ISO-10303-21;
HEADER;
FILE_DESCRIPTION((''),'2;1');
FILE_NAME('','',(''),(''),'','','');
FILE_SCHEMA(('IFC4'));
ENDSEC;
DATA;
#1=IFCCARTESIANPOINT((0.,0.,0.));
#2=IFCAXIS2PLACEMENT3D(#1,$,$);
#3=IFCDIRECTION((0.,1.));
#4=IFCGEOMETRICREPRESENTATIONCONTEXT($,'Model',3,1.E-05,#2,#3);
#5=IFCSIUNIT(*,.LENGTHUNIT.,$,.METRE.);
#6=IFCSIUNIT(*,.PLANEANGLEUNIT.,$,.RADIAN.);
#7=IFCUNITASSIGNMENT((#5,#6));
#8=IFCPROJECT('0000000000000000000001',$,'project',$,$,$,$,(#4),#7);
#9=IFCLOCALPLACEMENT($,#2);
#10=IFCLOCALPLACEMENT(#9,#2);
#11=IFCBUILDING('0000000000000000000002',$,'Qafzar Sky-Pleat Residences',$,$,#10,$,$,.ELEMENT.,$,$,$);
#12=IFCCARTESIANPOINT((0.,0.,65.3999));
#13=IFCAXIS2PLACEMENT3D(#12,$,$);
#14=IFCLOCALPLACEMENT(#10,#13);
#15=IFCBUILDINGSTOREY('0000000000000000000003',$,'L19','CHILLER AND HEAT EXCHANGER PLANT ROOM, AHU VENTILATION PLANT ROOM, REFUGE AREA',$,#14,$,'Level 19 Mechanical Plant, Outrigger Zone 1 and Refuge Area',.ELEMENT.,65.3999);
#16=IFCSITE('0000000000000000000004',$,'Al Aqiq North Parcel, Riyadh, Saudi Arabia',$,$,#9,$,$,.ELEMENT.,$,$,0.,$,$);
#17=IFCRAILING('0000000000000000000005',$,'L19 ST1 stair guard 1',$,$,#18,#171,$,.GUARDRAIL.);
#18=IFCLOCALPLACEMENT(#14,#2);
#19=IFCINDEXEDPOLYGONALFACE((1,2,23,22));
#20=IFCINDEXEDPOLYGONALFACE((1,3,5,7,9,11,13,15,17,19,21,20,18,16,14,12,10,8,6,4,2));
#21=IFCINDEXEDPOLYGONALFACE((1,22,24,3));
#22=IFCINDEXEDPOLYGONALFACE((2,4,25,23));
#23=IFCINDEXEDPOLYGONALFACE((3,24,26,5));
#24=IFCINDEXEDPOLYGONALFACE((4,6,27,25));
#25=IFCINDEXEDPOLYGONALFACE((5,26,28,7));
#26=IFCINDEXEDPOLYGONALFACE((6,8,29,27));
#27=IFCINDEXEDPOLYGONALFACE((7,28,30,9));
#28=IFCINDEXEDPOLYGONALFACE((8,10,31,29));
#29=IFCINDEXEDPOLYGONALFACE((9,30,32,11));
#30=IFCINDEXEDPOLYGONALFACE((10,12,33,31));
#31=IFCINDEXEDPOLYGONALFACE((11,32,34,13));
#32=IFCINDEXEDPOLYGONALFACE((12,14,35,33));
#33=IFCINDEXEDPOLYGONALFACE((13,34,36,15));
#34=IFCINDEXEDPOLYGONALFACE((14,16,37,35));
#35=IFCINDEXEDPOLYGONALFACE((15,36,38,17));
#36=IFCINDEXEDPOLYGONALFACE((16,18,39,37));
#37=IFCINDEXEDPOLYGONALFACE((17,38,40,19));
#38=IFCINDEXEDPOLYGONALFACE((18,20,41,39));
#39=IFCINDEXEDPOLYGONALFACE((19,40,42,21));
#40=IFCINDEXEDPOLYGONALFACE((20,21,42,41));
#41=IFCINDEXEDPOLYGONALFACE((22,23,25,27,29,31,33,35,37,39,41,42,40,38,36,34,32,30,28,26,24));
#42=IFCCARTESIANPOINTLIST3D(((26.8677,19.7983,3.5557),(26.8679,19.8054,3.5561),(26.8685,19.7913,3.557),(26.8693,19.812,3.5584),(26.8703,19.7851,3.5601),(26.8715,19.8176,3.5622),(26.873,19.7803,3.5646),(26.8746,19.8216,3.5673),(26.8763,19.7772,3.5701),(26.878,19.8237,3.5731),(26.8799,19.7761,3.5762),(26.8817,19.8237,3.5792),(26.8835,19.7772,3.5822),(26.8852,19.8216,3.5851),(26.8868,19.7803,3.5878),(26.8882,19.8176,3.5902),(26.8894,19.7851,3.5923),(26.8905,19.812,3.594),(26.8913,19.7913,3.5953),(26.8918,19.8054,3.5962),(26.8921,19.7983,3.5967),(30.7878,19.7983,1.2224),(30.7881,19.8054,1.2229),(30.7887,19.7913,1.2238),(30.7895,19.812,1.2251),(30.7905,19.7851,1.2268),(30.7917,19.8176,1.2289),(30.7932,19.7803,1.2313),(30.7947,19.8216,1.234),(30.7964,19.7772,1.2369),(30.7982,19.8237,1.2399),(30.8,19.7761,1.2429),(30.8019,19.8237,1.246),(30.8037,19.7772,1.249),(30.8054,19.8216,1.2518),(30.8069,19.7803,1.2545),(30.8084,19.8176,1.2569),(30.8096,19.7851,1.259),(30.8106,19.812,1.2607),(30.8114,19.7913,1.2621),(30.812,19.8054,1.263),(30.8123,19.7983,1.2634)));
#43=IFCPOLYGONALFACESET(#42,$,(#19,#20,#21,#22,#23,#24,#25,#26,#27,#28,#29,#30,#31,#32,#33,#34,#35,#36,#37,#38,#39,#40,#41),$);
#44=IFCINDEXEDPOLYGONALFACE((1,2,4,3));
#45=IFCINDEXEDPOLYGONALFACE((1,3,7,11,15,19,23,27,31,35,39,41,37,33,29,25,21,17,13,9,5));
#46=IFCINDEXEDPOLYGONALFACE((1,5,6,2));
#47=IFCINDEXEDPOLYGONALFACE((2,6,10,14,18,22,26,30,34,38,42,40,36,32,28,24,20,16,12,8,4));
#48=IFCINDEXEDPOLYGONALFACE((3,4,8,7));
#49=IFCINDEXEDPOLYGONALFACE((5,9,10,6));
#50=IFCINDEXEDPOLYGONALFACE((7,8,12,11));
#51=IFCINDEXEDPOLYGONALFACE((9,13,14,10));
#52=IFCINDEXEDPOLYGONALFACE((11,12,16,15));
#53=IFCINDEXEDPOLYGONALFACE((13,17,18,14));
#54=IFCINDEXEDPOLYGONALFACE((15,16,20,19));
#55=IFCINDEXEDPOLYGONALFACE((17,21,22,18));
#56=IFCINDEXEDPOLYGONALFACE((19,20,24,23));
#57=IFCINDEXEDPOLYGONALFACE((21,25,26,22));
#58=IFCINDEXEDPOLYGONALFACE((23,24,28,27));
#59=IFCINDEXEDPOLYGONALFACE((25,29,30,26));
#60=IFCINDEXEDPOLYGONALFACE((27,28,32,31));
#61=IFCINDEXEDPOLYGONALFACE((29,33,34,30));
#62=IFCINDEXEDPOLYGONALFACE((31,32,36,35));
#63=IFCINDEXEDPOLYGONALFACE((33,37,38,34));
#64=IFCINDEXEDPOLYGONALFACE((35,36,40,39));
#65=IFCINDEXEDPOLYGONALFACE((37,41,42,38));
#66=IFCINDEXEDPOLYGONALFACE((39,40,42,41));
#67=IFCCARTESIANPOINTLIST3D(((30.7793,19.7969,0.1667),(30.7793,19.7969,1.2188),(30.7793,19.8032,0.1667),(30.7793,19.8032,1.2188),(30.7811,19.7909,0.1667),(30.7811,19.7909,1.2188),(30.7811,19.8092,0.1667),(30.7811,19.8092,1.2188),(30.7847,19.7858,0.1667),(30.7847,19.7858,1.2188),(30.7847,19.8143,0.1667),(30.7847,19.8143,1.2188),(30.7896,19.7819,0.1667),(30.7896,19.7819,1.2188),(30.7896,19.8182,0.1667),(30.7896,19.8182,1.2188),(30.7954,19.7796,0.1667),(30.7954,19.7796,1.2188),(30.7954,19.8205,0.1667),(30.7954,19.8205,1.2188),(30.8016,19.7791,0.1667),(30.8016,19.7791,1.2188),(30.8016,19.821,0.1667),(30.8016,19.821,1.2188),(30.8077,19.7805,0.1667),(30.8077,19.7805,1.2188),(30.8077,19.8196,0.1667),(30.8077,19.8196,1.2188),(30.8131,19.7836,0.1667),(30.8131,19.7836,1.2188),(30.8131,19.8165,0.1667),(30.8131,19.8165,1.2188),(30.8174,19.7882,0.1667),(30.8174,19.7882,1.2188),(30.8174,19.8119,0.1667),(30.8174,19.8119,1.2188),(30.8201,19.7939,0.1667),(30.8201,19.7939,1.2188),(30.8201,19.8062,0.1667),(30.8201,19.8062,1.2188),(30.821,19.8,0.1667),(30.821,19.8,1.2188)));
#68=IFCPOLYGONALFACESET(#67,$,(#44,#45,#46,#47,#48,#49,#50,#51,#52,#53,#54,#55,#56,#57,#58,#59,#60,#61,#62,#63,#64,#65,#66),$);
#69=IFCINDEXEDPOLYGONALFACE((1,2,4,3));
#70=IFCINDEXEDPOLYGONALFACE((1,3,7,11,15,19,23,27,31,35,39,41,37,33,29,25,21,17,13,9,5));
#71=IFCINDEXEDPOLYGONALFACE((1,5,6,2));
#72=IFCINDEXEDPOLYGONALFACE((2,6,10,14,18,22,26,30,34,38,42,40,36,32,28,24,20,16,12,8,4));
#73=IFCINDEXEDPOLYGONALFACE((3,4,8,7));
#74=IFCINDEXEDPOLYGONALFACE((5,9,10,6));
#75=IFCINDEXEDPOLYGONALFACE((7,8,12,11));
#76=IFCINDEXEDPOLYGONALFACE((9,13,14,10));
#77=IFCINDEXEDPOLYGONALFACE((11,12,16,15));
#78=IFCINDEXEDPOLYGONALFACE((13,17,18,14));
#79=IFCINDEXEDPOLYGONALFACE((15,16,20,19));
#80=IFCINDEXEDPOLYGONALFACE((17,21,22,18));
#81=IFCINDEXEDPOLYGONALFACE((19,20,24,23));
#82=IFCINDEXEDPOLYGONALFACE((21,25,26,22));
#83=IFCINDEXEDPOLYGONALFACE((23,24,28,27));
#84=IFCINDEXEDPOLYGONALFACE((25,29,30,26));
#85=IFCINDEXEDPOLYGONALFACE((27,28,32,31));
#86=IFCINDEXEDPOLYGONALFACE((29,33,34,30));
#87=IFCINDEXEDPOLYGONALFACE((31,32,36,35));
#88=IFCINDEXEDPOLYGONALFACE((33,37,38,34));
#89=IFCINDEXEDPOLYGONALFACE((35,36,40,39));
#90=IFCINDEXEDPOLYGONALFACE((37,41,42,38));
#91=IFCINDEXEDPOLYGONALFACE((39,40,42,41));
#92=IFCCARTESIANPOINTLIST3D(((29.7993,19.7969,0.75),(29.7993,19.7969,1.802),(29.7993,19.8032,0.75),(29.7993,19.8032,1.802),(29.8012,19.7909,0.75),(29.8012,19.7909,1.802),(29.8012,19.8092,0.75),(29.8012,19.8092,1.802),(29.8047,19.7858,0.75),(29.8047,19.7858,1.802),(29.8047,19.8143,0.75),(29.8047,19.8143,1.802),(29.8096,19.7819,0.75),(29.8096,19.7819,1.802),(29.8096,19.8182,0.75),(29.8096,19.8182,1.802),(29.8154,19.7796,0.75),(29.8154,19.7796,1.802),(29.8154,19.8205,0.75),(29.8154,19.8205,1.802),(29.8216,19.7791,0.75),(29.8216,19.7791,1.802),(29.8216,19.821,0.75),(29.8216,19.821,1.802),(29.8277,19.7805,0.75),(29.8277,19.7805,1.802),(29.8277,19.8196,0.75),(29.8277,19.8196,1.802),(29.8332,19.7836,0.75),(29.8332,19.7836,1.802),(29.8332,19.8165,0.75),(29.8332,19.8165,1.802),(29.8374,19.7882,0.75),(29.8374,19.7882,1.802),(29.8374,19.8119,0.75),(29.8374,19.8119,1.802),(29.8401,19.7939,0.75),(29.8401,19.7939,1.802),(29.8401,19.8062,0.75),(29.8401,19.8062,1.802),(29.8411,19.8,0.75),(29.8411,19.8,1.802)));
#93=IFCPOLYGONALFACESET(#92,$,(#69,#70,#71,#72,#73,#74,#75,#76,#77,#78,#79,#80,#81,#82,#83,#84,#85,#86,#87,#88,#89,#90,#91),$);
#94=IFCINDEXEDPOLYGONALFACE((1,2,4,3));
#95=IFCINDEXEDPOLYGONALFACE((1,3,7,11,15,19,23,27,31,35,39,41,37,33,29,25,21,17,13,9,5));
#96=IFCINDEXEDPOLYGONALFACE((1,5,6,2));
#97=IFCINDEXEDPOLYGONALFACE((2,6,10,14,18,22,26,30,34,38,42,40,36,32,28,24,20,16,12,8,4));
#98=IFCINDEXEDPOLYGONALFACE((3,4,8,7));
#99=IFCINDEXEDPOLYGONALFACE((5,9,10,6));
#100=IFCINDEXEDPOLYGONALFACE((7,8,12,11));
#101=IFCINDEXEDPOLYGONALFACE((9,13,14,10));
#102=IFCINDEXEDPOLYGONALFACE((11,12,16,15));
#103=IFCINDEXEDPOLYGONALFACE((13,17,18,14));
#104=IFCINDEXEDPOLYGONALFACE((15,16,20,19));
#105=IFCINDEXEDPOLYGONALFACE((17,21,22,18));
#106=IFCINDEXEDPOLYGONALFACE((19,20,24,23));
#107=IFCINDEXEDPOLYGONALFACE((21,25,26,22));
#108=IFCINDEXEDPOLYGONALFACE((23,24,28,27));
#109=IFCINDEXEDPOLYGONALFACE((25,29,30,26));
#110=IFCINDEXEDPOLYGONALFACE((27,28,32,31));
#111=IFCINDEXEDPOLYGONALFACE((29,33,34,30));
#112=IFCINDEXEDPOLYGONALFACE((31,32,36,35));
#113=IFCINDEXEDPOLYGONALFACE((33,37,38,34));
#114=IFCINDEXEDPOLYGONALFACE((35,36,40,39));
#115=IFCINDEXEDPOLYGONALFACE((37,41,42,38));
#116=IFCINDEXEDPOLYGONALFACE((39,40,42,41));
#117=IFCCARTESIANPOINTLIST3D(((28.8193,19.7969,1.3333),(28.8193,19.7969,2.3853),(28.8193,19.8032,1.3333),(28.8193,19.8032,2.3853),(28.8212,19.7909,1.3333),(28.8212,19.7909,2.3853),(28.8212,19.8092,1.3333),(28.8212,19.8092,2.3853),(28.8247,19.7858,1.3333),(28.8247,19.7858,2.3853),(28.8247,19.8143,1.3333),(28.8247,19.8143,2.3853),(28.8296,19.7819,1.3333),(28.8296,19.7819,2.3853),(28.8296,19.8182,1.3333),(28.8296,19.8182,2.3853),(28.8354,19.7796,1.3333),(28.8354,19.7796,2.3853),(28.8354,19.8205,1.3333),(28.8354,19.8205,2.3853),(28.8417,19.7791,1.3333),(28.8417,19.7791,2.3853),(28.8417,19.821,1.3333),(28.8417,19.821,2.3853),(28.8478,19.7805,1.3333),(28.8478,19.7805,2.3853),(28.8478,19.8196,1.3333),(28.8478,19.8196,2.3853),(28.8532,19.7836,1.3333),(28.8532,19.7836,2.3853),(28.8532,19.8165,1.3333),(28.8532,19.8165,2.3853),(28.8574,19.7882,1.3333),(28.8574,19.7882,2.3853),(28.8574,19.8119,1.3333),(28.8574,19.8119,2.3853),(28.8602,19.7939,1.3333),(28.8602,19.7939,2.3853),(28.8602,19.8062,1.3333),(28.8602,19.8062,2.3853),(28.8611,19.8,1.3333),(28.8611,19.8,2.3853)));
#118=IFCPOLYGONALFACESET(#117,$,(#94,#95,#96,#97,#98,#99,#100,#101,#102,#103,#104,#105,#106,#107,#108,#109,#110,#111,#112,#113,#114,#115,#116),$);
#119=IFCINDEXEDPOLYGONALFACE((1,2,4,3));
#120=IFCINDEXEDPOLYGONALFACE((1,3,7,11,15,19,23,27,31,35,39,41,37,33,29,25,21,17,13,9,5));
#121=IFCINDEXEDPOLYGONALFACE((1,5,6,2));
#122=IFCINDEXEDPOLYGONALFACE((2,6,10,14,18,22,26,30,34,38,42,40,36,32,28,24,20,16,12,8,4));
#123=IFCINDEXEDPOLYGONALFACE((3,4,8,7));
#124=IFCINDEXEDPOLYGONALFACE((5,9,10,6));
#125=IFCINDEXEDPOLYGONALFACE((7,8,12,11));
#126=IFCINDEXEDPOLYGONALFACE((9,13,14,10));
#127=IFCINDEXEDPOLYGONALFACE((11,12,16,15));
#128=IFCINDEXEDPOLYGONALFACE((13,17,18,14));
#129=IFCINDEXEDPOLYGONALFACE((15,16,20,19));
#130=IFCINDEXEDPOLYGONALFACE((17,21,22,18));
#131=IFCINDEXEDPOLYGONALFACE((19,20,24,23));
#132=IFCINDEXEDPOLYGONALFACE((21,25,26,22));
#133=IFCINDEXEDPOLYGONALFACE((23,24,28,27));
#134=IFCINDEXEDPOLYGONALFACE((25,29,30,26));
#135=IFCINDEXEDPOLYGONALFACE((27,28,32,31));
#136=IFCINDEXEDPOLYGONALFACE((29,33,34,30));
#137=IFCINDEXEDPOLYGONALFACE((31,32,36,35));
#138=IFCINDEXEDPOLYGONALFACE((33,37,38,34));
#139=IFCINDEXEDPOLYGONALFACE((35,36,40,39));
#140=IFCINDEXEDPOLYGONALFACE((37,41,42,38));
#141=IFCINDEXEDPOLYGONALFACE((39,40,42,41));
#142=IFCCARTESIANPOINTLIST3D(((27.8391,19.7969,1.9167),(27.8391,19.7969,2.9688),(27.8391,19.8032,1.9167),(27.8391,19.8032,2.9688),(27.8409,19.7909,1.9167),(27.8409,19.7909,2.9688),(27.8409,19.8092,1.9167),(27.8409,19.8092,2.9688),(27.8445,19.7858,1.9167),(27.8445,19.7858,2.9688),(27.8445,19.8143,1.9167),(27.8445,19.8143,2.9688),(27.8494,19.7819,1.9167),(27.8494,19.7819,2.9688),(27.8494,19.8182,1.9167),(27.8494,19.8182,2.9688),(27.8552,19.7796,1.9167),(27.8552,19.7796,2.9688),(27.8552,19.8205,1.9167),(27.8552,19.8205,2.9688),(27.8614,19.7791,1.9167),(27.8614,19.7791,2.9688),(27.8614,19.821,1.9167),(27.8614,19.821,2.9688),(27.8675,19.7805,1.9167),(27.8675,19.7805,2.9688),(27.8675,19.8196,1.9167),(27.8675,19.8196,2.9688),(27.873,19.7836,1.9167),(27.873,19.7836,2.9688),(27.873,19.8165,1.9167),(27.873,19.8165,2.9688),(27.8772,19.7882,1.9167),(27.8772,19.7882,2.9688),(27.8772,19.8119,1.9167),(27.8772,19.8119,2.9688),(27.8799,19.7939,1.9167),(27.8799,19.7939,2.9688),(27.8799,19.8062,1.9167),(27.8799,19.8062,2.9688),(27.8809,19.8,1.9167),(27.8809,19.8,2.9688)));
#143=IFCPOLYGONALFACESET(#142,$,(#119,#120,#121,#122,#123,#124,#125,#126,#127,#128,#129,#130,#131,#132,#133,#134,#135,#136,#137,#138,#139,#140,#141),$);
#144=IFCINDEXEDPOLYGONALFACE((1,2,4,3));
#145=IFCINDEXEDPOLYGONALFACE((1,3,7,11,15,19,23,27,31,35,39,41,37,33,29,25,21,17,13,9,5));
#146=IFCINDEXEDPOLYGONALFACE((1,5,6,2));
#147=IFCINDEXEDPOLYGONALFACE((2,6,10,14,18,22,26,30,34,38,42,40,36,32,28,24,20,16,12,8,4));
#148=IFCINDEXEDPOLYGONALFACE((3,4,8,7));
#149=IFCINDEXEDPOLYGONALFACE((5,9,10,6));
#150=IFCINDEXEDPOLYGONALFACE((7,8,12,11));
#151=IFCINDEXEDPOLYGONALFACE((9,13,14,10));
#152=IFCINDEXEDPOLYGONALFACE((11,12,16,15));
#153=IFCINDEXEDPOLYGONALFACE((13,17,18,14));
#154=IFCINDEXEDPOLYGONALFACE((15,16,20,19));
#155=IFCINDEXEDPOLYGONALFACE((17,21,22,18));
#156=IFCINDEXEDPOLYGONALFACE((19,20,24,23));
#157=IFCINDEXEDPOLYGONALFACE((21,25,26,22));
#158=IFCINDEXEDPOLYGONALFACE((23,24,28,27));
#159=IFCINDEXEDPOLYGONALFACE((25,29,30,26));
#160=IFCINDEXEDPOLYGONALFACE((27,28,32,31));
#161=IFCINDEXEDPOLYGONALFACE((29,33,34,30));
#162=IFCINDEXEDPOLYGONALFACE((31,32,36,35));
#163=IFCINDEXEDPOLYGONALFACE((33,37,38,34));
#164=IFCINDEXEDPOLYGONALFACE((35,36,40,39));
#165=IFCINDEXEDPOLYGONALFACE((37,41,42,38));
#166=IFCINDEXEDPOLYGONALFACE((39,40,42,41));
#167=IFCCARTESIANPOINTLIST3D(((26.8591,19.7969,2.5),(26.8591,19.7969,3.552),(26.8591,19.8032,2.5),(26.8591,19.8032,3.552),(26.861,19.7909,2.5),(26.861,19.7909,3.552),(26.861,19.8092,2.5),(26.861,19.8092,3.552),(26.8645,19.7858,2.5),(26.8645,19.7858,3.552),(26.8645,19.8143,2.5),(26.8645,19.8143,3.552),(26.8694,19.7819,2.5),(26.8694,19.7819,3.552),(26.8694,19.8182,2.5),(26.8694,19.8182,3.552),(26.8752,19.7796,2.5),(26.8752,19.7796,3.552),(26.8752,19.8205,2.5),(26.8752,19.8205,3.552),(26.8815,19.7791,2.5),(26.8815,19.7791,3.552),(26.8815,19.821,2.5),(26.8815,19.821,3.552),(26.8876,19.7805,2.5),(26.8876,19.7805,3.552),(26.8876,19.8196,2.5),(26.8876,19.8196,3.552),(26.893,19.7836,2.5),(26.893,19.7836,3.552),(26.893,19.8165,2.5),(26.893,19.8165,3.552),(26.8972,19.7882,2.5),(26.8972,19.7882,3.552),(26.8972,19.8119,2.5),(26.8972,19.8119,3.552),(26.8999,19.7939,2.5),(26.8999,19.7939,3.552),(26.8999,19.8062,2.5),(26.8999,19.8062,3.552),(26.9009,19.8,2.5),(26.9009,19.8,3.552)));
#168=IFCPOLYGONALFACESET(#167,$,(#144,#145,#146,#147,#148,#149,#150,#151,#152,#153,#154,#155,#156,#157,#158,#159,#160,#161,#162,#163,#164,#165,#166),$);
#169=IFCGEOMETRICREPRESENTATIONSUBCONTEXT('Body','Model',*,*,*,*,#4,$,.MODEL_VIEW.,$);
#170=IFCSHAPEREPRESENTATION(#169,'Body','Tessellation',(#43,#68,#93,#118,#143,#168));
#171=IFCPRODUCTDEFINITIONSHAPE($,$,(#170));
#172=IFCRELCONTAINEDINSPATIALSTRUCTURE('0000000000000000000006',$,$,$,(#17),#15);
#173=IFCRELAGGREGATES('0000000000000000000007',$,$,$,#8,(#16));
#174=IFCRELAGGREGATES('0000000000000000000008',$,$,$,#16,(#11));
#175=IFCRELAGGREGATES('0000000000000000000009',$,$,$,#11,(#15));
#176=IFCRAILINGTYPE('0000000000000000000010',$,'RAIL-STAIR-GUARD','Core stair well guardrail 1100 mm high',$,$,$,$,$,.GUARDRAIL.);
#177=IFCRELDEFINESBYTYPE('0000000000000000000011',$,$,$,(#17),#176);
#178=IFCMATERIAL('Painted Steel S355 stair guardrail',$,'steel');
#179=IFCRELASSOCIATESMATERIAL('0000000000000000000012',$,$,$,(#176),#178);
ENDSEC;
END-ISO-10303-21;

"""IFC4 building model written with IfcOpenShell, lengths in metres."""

from ifc_helpers import new_model, si_unit, direction, frame, origin, origin_2d, place, context, subcontext, project, spatial, circle, extrude, source, transform, mapped, material, type_object, element, save


model = new_model("IFC4")

# Units and contexts
model_context = context("Model", 3, precision=1e-05, world=origin(), true_north=direction((0.0, 1.0)))
body_context = subcontext(model_context, "Body", "Model", "MODEL_VIEW")
ifc_project = project(units=[si_unit("LENGTHUNIT", "METRE"), si_unit("PLANEANGLEUNIT", "RADIAN")], contexts=[model_context])

# Site, building, storey
site_placement = place(None, origin())
site = spatial("IfcSite", under=ifc_project, at=site_placement, Name="Al Aqiq North Parcel, Riyadh, Saudi Arabia", CompositionType="ELEMENT", RefElevation=0.0)
building_placement = place(site_placement, origin())
building = spatial("IfcBuilding", under=site, at=building_placement, Name="Qafzar Sky-Pleat Residences", CompositionType="ELEMENT")
storey_placement = place(building_placement, frame((0.0, 0.0, 65.3999)))
storey = spatial("IfcBuildingStorey", under=building, at=storey_placement, Name="L19", Description="CHILLER AND HEAT EXCHANGER PLANT ROOM, AHU VENTILATION PLANT ROOM, REFUGE AREA", LongName="Level 19 Mechanical Plant, Outrigger Zone 1 and Refuge Area", CompositionType="ELEMENT", Elevation=65.3999)

# Railing
ifc_material_1 = material(Name="Painted Steel S355 stair guardrail", Category="steel")
railing_type_1 = type_object("IfcRailingType", Name="RAIL-STAIR-GUARD", Description="Core stair well guardrail 1100 mm high", PredefinedType="GUARDRAIL", material=ifc_material_1)
shared_shape_1 = source(origin(), body_context, "Body", "SweptSolid", [
    extrude(circle(Radius=0.0239, at=origin_2d()), frame((0.0, 0.0, 1.0762), z_axis=(-0.85931, 0.0, 0.511455), x_axis=(0.0, -1.0, 0.0)), (0.0, 0.0, 1.0), 4.562),
    extrude(circle(Radius=0.021, at=origin_2d()), origin(), (0.0, 0.0, 1.0), 1.052),
    extrude(circle(Radius=0.021, at=origin_2d()), frame((-0.98, 0.0, 0.5833)), (0.0, 0.0, 1.0), 1.052),
    extrude(circle(Radius=0.021, at=origin_2d()), frame((-1.96, 0.0, 1.1665)), (0.0, 0.0, 1.0), 1.052),
    extrude(circle(Radius=0.021, at=origin_2d()), frame((-2.9402, 0.0, 1.75)), (0.0, 0.0, 1.0), 1.052),
    extrude(circle(Radius=0.021, at=origin_2d()), frame((-3.9202, 0.0, 2.3333)), (0.0, 0.0, 1.0), 1.052),
])
railing_1_placement = place(storey_placement, frame((30.8, 19.8, 0.1667)))
element("IfcRailing", 1, at=railing_1_placement, inside=storey, type_object=railing_type_1, Name="L19 ST1 stair guard 1", PredefinedType="GUARDRAIL", context=body_context, shape_type="MappedRepresentation", body=[
    mapped(shared_shape_1, transform((0.0, 0.0, 0.0), x_axis=(1.0, 0.0, 0.0), y_axis=(0.0, 1.0, 0.0), z_axis=(0.0, 0.0, 1.0), scale=1.0)),
])

save(model, "model.ifc")
